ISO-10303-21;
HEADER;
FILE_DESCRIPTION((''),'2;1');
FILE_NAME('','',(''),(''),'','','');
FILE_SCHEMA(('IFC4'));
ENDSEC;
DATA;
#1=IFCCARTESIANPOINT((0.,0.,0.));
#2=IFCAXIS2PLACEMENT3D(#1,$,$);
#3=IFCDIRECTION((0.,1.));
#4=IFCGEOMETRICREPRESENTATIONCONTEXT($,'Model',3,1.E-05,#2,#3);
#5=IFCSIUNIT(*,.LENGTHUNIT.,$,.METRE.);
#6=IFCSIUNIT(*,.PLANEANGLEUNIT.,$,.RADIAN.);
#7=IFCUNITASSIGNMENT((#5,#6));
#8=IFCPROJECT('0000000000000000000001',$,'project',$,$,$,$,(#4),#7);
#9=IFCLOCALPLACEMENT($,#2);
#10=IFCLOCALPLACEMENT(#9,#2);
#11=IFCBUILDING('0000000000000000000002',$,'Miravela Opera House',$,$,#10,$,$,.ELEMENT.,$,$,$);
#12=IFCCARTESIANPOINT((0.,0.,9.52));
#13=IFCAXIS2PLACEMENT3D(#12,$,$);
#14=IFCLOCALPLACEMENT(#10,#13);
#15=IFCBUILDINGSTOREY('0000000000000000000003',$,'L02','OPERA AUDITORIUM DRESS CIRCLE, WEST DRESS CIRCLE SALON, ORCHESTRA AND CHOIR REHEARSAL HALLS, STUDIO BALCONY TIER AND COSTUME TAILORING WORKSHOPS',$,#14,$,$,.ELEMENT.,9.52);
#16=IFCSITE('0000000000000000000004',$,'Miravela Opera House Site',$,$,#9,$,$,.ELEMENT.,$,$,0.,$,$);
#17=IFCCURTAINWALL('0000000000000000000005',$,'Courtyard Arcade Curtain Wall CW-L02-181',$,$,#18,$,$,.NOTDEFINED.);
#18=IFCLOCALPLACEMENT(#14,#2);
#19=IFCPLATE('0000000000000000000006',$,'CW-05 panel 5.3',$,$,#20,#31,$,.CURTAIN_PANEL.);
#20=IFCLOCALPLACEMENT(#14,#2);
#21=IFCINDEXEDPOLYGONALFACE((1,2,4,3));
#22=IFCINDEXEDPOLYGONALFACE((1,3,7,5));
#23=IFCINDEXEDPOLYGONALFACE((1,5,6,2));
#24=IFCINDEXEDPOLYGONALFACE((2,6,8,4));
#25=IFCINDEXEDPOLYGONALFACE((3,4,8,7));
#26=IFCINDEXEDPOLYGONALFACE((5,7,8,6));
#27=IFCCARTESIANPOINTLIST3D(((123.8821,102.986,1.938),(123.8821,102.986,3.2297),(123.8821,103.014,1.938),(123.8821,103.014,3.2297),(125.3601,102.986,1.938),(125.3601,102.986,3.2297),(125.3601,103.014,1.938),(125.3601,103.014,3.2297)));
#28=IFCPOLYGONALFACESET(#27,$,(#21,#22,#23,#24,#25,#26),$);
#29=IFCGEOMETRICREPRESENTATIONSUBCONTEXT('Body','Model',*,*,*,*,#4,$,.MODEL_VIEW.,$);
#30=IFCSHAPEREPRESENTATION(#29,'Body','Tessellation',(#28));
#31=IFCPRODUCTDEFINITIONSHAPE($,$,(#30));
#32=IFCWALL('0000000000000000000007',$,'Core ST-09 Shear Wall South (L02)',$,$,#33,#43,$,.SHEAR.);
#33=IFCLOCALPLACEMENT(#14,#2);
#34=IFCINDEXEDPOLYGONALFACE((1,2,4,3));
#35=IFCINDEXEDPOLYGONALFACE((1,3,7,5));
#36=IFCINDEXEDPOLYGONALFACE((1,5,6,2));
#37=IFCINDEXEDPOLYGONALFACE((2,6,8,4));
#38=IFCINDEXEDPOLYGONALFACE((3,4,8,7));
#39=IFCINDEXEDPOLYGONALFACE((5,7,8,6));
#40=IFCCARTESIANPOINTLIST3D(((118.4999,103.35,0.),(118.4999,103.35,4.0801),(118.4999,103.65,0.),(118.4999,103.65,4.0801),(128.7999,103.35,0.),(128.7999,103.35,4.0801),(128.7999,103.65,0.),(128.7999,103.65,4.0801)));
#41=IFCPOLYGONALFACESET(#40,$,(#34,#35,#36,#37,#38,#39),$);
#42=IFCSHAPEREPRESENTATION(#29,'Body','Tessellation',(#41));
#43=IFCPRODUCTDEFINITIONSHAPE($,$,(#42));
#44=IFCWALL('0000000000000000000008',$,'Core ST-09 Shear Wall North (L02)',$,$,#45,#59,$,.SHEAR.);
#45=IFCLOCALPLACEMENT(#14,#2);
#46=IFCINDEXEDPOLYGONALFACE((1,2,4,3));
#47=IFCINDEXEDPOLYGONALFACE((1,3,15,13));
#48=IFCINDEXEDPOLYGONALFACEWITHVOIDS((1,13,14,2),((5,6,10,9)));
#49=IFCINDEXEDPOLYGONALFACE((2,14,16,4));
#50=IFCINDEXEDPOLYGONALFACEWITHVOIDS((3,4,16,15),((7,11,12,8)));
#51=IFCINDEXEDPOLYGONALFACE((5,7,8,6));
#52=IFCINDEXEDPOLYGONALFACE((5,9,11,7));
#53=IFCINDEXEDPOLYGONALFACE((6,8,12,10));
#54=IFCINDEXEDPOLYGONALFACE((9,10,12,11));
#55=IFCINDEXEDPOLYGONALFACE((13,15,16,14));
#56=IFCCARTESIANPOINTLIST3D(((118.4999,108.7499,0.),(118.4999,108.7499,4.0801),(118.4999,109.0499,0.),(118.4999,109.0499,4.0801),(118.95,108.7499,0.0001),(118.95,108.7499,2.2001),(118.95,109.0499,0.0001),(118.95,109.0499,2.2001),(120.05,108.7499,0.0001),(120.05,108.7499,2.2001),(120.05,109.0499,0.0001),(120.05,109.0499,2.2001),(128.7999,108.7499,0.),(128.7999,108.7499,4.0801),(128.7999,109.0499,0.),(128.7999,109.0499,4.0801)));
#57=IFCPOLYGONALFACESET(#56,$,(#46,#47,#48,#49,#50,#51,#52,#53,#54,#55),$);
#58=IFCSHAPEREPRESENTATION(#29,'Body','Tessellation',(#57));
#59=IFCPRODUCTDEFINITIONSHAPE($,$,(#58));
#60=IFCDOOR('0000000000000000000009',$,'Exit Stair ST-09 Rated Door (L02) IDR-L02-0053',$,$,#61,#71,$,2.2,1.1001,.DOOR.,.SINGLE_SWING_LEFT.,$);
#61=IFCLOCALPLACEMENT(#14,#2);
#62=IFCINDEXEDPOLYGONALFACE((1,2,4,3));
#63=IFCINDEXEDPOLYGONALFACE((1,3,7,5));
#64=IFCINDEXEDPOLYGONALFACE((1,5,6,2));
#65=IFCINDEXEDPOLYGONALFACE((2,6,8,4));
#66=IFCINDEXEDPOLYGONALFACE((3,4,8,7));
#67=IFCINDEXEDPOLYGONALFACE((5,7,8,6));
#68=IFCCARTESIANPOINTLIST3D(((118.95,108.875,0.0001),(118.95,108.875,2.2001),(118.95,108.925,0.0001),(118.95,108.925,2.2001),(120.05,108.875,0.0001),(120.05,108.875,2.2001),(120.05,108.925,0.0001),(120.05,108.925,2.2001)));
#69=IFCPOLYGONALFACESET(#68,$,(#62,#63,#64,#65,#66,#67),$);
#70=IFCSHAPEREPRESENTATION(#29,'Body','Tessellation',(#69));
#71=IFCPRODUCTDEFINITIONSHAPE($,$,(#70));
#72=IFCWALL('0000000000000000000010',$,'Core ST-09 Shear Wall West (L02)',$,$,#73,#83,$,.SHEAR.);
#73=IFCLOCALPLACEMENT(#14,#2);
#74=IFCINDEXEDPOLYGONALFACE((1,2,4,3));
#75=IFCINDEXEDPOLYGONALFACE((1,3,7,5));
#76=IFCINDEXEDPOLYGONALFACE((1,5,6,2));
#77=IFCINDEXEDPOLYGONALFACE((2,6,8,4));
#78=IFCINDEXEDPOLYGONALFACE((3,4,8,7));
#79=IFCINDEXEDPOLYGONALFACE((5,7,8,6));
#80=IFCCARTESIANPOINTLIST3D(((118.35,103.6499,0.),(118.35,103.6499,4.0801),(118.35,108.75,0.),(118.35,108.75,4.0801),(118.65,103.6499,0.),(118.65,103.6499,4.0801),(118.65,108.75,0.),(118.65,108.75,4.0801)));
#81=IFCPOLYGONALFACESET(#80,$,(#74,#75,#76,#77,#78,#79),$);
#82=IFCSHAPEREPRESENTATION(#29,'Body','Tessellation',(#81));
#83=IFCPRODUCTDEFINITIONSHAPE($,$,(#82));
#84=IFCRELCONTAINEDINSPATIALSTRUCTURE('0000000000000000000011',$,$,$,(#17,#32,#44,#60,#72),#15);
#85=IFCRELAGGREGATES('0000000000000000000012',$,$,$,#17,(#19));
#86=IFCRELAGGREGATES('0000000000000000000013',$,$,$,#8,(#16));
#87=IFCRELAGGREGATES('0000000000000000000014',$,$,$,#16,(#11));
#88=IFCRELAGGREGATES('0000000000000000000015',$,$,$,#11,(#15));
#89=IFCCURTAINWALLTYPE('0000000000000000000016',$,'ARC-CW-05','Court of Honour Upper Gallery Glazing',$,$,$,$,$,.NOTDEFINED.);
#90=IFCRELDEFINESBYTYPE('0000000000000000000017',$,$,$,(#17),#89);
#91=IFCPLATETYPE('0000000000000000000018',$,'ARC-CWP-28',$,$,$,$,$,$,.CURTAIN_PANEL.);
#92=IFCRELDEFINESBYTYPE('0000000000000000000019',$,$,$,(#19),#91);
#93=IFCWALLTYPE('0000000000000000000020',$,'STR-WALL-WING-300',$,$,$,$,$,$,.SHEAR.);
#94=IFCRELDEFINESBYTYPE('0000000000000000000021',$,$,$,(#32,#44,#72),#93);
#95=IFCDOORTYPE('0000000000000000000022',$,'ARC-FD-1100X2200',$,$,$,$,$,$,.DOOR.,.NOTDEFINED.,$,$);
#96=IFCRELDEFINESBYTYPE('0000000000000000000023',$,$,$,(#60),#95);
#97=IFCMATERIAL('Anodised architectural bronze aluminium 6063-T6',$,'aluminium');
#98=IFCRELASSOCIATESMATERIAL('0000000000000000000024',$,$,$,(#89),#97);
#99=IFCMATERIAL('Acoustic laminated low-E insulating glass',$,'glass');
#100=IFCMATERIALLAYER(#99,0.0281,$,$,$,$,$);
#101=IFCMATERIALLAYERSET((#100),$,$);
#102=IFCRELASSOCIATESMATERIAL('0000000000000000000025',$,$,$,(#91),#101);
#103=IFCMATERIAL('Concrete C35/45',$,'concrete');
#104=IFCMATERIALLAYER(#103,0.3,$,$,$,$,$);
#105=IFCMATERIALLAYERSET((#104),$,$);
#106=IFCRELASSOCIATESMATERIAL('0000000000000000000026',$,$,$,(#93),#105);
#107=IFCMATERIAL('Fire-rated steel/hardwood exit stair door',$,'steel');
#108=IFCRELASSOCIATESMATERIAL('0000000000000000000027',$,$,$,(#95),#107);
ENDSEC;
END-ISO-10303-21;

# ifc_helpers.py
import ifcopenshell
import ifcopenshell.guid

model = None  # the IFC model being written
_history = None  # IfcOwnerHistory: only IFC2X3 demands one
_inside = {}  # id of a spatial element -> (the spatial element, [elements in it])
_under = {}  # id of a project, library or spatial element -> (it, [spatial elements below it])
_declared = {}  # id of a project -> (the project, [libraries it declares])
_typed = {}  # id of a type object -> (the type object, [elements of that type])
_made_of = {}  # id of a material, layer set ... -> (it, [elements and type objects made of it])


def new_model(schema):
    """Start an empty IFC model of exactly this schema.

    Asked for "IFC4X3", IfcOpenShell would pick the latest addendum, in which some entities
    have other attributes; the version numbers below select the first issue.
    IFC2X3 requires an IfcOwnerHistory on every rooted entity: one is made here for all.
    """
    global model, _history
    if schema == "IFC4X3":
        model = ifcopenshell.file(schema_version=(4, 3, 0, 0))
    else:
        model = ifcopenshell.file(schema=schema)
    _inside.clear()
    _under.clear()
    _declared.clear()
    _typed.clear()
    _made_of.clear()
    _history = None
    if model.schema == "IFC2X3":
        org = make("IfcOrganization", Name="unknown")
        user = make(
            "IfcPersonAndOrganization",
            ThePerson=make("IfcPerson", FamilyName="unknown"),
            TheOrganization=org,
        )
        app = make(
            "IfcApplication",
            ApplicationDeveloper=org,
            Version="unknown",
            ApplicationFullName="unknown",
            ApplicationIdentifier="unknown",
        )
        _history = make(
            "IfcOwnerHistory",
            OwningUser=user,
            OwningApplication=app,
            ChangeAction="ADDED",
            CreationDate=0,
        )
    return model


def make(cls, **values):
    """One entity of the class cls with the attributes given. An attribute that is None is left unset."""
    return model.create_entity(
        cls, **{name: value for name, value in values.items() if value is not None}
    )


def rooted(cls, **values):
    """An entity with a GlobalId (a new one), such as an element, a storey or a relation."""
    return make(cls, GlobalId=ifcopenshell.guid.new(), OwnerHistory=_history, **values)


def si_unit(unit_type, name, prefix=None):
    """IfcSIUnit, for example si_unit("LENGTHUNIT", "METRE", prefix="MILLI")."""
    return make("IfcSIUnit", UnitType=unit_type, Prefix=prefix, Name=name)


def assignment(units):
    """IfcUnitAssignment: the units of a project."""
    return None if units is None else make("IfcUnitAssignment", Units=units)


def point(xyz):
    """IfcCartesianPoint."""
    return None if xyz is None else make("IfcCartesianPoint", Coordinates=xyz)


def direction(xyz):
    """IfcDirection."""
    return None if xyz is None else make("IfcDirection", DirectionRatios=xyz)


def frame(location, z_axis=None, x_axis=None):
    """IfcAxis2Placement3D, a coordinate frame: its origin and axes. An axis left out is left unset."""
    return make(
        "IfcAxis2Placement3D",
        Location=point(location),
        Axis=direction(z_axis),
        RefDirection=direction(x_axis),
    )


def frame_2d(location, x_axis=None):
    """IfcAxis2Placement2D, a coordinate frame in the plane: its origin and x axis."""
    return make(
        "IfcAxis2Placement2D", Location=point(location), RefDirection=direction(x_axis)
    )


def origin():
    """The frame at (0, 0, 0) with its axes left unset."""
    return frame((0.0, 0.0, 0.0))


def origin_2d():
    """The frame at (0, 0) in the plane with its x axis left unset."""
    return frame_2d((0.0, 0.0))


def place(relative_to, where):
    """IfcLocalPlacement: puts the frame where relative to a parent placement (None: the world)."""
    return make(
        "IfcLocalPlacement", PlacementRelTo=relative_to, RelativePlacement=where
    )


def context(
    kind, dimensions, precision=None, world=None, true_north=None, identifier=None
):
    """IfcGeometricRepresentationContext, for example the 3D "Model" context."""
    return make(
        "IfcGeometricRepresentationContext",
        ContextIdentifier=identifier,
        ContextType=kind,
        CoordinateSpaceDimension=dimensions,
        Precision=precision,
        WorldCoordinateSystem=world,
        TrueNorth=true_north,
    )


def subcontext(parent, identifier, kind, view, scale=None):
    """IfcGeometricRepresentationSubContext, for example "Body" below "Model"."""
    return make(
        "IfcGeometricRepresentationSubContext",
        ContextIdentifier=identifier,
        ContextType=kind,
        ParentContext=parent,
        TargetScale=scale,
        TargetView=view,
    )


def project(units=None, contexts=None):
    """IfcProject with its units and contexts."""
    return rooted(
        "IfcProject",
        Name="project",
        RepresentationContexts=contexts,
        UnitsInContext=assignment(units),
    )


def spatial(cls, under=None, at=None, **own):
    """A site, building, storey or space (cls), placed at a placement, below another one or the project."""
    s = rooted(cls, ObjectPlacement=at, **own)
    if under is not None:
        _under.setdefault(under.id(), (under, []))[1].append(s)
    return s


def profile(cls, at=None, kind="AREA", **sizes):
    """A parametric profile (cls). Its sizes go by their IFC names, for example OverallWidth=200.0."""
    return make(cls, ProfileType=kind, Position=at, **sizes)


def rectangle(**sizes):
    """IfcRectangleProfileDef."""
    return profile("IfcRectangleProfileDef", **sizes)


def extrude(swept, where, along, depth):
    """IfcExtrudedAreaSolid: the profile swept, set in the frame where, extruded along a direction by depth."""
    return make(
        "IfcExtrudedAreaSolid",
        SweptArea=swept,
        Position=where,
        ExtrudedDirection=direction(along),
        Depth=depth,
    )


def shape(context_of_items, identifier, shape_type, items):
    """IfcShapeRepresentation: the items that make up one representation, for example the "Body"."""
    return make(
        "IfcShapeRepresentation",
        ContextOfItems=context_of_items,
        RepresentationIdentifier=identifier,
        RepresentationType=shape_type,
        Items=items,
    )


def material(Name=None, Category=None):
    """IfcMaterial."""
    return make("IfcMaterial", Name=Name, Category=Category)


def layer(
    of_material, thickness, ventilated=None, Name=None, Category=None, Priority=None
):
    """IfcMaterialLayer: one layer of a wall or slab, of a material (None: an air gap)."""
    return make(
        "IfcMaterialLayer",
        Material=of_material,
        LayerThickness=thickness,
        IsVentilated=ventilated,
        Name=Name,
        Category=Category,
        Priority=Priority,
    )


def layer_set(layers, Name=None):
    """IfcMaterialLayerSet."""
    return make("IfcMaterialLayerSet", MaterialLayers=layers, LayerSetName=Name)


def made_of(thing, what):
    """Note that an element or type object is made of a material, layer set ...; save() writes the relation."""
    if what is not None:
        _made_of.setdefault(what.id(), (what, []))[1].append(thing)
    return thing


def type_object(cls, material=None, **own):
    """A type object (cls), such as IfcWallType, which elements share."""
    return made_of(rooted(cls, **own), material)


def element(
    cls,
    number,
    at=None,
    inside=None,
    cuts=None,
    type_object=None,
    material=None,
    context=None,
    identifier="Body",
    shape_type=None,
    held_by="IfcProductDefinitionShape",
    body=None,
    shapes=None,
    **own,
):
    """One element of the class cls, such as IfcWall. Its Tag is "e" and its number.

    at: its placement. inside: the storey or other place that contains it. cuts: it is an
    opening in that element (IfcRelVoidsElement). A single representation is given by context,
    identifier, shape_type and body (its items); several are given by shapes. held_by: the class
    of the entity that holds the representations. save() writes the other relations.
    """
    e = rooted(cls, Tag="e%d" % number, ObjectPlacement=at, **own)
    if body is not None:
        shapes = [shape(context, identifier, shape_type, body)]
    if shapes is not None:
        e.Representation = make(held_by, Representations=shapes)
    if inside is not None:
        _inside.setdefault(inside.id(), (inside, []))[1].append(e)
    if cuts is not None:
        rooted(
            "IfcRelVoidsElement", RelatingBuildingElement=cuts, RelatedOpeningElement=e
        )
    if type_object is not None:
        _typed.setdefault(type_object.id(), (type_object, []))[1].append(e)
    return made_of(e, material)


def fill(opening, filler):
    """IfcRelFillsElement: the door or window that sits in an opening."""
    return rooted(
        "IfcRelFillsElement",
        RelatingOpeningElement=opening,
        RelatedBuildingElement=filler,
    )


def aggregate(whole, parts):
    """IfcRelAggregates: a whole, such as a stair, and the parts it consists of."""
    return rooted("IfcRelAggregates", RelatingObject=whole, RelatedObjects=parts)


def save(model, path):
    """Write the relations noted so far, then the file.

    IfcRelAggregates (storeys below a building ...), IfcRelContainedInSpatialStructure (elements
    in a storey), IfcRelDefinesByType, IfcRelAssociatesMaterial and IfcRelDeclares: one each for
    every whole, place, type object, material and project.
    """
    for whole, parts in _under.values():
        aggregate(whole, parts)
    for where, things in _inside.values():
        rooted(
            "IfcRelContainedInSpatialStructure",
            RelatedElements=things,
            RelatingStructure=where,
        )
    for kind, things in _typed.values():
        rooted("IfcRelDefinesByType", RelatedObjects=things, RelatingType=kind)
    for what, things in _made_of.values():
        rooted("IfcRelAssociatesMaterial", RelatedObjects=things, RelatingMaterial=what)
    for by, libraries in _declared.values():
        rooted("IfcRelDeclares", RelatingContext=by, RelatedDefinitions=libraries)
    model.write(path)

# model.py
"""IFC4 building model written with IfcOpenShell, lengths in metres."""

from ifc_helpers import new_model, si_unit, direction, frame, frame_2d, origin, origin_2d, place, context, subcontext, project, spatial, rectangle, extrude, material, layer, layer_set, type_object, element, fill, aggregate, save


model = new_model("IFC4")

# Units and contexts
model_context = context("Model", 3, precision=1e-05, world=origin(), true_north=direction((0.0, 1.0)))
body_context = subcontext(model_context, "Body", "Model", "MODEL_VIEW")
ifc_project = project(units=[si_unit("LENGTHUNIT", "METRE"), si_unit("PLANEANGLEUNIT", "RADIAN")], contexts=[model_context])

# Site, building, storey
site_placement = place(None, origin())
site = spatial("IfcSite", under=ifc_project, at=site_placement, Name="Miravela Opera House Site", CompositionType="ELEMENT", RefElevation=0.0)
building_placement = place(site_placement, origin())
building = spatial("IfcBuilding", under=site, at=building_placement, Name="Miravela Opera House", CompositionType="ELEMENT")
storey_placement = place(building_placement, frame((0.0, 0.0, 9.52)))
storey = spatial("IfcBuildingStorey", under=building, at=storey_placement, Name="L02", Description="OPERA AUDITORIUM DRESS CIRCLE, WEST DRESS CIRCLE SALON, ORCHESTRA AND CHOIR REHEARSAL HALLS, STUDIO BALCONY TIER AND COSTUME TAILORING WORKSHOPS", CompositionType="ELEMENT", Elevation=9.52)

# Shared definitions
ifc_material_1 = material(Name="Concrete C35/45", Category="concrete")

# Curtain wall
ifc_material_2 = material(Name="Anodised architectural bronze aluminium 6063-T6", Category="aluminium")
curtain_wall_type = type_object("IfcCurtainWallType", Name="ARC-CW-05", Description="Court of Honour Upper Gallery Glazing", PredefinedType="NOTDEFINED", material=ifc_material_2)
curtain_wall_placement = place(storey_placement, origin())
curtain_wall = element("IfcCurtainWall", 1, at=curtain_wall_placement, inside=storey, type_object=curtain_wall_type, Name="Courtyard Arcade Curtain Wall CW-L02-181", PredefinedType="NOTDEFINED")

# Plate
ifc_material_3 = material(Name="Acoustic laminated low-E insulating glass", Category="glass")
ifc_layer_1 = layer(ifc_material_3, 0.0281)
ifc_layer_set_1 = layer_set([ifc_layer_1])
plate_type = type_object("IfcPlateType", Name="ARC-CWP-28", PredefinedType="CURTAIN_PANEL", material=ifc_layer_set_1)
plate_1_placement = place(storey_placement, frame((124.6211, 103.0, 1.938), z_axis=(0.0, 0.0, 1.0), x_axis=(1.0, 0.0, 0.0)))
plate_1 = element("IfcPlate", 2, at=plate_1_placement, type_object=plate_type, Name="CW-05 panel 5.3", PredefinedType="CURTAIN_PANEL", context=body_context, shape_type="SweptSolid", body=[
    extrude(rectangle(XDim=1.478, YDim=0.0281, at=origin_2d()), origin(), (0.0, 0.0, 1.0), 1.2917),
])
aggregate(curtain_wall, [plate_1])

# Wall
ifc_layer_2 = layer(ifc_material_1, 0.3)
ifc_layer_set_2 = layer_set([ifc_layer_2])
wall_type = type_object("IfcWallType", Name="STR-WALL-WING-300", PredefinedType="SHEAR", material=ifc_layer_set_2)
wall_1_placement = place(storey_placement, frame((118.5, 103.5, 0.0), z_axis=(0.0, 0.0, 1.0), x_axis=(1.0, 0.0, 0.0)))
element("IfcWall", 3, at=wall_1_placement, inside=storey, type_object=wall_type, Name="Core ST-09 Shear Wall South (L02)", PredefinedType="SHEAR", context=body_context, shape_type="SweptSolid", body=[
    extrude(rectangle(XDim=10.3, YDim=0.3, at=frame_2d((5.1499, 0.0))), origin(), (0.0, 0.0, 1.0), 4.0801),
])

# Wall, opening, door
wall_2_placement = place(storey_placement, frame((118.5, 108.8999, 0.0), z_axis=(0.0, 0.0, 1.0), x_axis=(1.0, 0.0, 0.0)))
wall_2 = element("IfcWall", 4, at=wall_2_placement, inside=storey, type_object=wall_type, Name="Core ST-09 Shear Wall North (L02)", PredefinedType="SHEAR", context=body_context, shape_type="SweptSolid", body=[
    extrude(rectangle(XDim=10.3, YDim=0.3, at=frame_2d((5.1499, 0.0))), origin(), (0.0, 0.0, 1.0), 4.0801),
])
opening_placement = place(wall_2_placement, frame((0.45, 0.0, 0.0)))
opening = element("IfcOpeningElement", 5, at=opening_placement, cuts=wall_2, PredefinedType="OPENING", context=body_context, shape_type="SweptSolid", body=[
    extrude(rectangle(XDim=1.1001, YDim=2.2, at=frame_2d((0.55, 1.1001))), frame((0.0, 0.1599, 0.0), z_axis=(0.0, -1.0, 0.0), x_axis=(1.0, 0.0, 0.0)), (0.0, 0.0, 1.0), 0.3201),
])
ifc_material_4 = material(Name="Fire-rated steel/hardwood exit stair door", Category="steel")
door_type = type_object("IfcDoorType", Name="ARC-FD-1100X2200", OperationType="NOTDEFINED", PredefinedType="DOOR", material=ifc_material_4)
door_placement = place(opening_placement, frame((1.1001, 0.0, 0.0), z_axis=(0.0, 0.0, 1.0), x_axis=(-1.0, 0.0, 0.0)))
door = element("IfcDoor", 6, at=door_placement, inside=storey, type_object=door_type, Name="Exit Stair ST-09 Rated Door (L02) IDR-L02-0053", OperationType="SINGLE_SWING_LEFT", OverallHeight=2.2, OverallWidth=1.1001, PredefinedType="DOOR", context=body_context, shape_type="SweptSolid", body=[
    extrude(rectangle(XDim=1.1001, YDim=2.2, at=frame_2d((0.55, 1.1001))), frame((0.0, 0.0249, 0.0), z_axis=(0.0, -1.0, 0.0), x_axis=(1.0, 0.0, 0.0)), (0.0, 0.0, 1.0), 0.05),
])
fill(opening, door)

# Wall
wall_3_placement = place(storey_placement, frame((118.5, 103.6499, 0.0), z_axis=(0.0, 0.0, 1.0), x_axis=(0.0, 1.0, 0.0)))
element("IfcWall", 7, at=wall_3_placement, inside=storey, type_object=wall_type, Name="Core ST-09 Shear Wall West (L02)", PredefinedType="SHEAR", context=body_context, shape_type="SweptSolid", body=[
    extrude(rectangle(XDim=5.1001, YDim=0.3, at=frame_2d((2.55, 0.0))), origin(), (0.0, 0.0, 1.0), 4.0801),
])

save(model, "model.ifc")
